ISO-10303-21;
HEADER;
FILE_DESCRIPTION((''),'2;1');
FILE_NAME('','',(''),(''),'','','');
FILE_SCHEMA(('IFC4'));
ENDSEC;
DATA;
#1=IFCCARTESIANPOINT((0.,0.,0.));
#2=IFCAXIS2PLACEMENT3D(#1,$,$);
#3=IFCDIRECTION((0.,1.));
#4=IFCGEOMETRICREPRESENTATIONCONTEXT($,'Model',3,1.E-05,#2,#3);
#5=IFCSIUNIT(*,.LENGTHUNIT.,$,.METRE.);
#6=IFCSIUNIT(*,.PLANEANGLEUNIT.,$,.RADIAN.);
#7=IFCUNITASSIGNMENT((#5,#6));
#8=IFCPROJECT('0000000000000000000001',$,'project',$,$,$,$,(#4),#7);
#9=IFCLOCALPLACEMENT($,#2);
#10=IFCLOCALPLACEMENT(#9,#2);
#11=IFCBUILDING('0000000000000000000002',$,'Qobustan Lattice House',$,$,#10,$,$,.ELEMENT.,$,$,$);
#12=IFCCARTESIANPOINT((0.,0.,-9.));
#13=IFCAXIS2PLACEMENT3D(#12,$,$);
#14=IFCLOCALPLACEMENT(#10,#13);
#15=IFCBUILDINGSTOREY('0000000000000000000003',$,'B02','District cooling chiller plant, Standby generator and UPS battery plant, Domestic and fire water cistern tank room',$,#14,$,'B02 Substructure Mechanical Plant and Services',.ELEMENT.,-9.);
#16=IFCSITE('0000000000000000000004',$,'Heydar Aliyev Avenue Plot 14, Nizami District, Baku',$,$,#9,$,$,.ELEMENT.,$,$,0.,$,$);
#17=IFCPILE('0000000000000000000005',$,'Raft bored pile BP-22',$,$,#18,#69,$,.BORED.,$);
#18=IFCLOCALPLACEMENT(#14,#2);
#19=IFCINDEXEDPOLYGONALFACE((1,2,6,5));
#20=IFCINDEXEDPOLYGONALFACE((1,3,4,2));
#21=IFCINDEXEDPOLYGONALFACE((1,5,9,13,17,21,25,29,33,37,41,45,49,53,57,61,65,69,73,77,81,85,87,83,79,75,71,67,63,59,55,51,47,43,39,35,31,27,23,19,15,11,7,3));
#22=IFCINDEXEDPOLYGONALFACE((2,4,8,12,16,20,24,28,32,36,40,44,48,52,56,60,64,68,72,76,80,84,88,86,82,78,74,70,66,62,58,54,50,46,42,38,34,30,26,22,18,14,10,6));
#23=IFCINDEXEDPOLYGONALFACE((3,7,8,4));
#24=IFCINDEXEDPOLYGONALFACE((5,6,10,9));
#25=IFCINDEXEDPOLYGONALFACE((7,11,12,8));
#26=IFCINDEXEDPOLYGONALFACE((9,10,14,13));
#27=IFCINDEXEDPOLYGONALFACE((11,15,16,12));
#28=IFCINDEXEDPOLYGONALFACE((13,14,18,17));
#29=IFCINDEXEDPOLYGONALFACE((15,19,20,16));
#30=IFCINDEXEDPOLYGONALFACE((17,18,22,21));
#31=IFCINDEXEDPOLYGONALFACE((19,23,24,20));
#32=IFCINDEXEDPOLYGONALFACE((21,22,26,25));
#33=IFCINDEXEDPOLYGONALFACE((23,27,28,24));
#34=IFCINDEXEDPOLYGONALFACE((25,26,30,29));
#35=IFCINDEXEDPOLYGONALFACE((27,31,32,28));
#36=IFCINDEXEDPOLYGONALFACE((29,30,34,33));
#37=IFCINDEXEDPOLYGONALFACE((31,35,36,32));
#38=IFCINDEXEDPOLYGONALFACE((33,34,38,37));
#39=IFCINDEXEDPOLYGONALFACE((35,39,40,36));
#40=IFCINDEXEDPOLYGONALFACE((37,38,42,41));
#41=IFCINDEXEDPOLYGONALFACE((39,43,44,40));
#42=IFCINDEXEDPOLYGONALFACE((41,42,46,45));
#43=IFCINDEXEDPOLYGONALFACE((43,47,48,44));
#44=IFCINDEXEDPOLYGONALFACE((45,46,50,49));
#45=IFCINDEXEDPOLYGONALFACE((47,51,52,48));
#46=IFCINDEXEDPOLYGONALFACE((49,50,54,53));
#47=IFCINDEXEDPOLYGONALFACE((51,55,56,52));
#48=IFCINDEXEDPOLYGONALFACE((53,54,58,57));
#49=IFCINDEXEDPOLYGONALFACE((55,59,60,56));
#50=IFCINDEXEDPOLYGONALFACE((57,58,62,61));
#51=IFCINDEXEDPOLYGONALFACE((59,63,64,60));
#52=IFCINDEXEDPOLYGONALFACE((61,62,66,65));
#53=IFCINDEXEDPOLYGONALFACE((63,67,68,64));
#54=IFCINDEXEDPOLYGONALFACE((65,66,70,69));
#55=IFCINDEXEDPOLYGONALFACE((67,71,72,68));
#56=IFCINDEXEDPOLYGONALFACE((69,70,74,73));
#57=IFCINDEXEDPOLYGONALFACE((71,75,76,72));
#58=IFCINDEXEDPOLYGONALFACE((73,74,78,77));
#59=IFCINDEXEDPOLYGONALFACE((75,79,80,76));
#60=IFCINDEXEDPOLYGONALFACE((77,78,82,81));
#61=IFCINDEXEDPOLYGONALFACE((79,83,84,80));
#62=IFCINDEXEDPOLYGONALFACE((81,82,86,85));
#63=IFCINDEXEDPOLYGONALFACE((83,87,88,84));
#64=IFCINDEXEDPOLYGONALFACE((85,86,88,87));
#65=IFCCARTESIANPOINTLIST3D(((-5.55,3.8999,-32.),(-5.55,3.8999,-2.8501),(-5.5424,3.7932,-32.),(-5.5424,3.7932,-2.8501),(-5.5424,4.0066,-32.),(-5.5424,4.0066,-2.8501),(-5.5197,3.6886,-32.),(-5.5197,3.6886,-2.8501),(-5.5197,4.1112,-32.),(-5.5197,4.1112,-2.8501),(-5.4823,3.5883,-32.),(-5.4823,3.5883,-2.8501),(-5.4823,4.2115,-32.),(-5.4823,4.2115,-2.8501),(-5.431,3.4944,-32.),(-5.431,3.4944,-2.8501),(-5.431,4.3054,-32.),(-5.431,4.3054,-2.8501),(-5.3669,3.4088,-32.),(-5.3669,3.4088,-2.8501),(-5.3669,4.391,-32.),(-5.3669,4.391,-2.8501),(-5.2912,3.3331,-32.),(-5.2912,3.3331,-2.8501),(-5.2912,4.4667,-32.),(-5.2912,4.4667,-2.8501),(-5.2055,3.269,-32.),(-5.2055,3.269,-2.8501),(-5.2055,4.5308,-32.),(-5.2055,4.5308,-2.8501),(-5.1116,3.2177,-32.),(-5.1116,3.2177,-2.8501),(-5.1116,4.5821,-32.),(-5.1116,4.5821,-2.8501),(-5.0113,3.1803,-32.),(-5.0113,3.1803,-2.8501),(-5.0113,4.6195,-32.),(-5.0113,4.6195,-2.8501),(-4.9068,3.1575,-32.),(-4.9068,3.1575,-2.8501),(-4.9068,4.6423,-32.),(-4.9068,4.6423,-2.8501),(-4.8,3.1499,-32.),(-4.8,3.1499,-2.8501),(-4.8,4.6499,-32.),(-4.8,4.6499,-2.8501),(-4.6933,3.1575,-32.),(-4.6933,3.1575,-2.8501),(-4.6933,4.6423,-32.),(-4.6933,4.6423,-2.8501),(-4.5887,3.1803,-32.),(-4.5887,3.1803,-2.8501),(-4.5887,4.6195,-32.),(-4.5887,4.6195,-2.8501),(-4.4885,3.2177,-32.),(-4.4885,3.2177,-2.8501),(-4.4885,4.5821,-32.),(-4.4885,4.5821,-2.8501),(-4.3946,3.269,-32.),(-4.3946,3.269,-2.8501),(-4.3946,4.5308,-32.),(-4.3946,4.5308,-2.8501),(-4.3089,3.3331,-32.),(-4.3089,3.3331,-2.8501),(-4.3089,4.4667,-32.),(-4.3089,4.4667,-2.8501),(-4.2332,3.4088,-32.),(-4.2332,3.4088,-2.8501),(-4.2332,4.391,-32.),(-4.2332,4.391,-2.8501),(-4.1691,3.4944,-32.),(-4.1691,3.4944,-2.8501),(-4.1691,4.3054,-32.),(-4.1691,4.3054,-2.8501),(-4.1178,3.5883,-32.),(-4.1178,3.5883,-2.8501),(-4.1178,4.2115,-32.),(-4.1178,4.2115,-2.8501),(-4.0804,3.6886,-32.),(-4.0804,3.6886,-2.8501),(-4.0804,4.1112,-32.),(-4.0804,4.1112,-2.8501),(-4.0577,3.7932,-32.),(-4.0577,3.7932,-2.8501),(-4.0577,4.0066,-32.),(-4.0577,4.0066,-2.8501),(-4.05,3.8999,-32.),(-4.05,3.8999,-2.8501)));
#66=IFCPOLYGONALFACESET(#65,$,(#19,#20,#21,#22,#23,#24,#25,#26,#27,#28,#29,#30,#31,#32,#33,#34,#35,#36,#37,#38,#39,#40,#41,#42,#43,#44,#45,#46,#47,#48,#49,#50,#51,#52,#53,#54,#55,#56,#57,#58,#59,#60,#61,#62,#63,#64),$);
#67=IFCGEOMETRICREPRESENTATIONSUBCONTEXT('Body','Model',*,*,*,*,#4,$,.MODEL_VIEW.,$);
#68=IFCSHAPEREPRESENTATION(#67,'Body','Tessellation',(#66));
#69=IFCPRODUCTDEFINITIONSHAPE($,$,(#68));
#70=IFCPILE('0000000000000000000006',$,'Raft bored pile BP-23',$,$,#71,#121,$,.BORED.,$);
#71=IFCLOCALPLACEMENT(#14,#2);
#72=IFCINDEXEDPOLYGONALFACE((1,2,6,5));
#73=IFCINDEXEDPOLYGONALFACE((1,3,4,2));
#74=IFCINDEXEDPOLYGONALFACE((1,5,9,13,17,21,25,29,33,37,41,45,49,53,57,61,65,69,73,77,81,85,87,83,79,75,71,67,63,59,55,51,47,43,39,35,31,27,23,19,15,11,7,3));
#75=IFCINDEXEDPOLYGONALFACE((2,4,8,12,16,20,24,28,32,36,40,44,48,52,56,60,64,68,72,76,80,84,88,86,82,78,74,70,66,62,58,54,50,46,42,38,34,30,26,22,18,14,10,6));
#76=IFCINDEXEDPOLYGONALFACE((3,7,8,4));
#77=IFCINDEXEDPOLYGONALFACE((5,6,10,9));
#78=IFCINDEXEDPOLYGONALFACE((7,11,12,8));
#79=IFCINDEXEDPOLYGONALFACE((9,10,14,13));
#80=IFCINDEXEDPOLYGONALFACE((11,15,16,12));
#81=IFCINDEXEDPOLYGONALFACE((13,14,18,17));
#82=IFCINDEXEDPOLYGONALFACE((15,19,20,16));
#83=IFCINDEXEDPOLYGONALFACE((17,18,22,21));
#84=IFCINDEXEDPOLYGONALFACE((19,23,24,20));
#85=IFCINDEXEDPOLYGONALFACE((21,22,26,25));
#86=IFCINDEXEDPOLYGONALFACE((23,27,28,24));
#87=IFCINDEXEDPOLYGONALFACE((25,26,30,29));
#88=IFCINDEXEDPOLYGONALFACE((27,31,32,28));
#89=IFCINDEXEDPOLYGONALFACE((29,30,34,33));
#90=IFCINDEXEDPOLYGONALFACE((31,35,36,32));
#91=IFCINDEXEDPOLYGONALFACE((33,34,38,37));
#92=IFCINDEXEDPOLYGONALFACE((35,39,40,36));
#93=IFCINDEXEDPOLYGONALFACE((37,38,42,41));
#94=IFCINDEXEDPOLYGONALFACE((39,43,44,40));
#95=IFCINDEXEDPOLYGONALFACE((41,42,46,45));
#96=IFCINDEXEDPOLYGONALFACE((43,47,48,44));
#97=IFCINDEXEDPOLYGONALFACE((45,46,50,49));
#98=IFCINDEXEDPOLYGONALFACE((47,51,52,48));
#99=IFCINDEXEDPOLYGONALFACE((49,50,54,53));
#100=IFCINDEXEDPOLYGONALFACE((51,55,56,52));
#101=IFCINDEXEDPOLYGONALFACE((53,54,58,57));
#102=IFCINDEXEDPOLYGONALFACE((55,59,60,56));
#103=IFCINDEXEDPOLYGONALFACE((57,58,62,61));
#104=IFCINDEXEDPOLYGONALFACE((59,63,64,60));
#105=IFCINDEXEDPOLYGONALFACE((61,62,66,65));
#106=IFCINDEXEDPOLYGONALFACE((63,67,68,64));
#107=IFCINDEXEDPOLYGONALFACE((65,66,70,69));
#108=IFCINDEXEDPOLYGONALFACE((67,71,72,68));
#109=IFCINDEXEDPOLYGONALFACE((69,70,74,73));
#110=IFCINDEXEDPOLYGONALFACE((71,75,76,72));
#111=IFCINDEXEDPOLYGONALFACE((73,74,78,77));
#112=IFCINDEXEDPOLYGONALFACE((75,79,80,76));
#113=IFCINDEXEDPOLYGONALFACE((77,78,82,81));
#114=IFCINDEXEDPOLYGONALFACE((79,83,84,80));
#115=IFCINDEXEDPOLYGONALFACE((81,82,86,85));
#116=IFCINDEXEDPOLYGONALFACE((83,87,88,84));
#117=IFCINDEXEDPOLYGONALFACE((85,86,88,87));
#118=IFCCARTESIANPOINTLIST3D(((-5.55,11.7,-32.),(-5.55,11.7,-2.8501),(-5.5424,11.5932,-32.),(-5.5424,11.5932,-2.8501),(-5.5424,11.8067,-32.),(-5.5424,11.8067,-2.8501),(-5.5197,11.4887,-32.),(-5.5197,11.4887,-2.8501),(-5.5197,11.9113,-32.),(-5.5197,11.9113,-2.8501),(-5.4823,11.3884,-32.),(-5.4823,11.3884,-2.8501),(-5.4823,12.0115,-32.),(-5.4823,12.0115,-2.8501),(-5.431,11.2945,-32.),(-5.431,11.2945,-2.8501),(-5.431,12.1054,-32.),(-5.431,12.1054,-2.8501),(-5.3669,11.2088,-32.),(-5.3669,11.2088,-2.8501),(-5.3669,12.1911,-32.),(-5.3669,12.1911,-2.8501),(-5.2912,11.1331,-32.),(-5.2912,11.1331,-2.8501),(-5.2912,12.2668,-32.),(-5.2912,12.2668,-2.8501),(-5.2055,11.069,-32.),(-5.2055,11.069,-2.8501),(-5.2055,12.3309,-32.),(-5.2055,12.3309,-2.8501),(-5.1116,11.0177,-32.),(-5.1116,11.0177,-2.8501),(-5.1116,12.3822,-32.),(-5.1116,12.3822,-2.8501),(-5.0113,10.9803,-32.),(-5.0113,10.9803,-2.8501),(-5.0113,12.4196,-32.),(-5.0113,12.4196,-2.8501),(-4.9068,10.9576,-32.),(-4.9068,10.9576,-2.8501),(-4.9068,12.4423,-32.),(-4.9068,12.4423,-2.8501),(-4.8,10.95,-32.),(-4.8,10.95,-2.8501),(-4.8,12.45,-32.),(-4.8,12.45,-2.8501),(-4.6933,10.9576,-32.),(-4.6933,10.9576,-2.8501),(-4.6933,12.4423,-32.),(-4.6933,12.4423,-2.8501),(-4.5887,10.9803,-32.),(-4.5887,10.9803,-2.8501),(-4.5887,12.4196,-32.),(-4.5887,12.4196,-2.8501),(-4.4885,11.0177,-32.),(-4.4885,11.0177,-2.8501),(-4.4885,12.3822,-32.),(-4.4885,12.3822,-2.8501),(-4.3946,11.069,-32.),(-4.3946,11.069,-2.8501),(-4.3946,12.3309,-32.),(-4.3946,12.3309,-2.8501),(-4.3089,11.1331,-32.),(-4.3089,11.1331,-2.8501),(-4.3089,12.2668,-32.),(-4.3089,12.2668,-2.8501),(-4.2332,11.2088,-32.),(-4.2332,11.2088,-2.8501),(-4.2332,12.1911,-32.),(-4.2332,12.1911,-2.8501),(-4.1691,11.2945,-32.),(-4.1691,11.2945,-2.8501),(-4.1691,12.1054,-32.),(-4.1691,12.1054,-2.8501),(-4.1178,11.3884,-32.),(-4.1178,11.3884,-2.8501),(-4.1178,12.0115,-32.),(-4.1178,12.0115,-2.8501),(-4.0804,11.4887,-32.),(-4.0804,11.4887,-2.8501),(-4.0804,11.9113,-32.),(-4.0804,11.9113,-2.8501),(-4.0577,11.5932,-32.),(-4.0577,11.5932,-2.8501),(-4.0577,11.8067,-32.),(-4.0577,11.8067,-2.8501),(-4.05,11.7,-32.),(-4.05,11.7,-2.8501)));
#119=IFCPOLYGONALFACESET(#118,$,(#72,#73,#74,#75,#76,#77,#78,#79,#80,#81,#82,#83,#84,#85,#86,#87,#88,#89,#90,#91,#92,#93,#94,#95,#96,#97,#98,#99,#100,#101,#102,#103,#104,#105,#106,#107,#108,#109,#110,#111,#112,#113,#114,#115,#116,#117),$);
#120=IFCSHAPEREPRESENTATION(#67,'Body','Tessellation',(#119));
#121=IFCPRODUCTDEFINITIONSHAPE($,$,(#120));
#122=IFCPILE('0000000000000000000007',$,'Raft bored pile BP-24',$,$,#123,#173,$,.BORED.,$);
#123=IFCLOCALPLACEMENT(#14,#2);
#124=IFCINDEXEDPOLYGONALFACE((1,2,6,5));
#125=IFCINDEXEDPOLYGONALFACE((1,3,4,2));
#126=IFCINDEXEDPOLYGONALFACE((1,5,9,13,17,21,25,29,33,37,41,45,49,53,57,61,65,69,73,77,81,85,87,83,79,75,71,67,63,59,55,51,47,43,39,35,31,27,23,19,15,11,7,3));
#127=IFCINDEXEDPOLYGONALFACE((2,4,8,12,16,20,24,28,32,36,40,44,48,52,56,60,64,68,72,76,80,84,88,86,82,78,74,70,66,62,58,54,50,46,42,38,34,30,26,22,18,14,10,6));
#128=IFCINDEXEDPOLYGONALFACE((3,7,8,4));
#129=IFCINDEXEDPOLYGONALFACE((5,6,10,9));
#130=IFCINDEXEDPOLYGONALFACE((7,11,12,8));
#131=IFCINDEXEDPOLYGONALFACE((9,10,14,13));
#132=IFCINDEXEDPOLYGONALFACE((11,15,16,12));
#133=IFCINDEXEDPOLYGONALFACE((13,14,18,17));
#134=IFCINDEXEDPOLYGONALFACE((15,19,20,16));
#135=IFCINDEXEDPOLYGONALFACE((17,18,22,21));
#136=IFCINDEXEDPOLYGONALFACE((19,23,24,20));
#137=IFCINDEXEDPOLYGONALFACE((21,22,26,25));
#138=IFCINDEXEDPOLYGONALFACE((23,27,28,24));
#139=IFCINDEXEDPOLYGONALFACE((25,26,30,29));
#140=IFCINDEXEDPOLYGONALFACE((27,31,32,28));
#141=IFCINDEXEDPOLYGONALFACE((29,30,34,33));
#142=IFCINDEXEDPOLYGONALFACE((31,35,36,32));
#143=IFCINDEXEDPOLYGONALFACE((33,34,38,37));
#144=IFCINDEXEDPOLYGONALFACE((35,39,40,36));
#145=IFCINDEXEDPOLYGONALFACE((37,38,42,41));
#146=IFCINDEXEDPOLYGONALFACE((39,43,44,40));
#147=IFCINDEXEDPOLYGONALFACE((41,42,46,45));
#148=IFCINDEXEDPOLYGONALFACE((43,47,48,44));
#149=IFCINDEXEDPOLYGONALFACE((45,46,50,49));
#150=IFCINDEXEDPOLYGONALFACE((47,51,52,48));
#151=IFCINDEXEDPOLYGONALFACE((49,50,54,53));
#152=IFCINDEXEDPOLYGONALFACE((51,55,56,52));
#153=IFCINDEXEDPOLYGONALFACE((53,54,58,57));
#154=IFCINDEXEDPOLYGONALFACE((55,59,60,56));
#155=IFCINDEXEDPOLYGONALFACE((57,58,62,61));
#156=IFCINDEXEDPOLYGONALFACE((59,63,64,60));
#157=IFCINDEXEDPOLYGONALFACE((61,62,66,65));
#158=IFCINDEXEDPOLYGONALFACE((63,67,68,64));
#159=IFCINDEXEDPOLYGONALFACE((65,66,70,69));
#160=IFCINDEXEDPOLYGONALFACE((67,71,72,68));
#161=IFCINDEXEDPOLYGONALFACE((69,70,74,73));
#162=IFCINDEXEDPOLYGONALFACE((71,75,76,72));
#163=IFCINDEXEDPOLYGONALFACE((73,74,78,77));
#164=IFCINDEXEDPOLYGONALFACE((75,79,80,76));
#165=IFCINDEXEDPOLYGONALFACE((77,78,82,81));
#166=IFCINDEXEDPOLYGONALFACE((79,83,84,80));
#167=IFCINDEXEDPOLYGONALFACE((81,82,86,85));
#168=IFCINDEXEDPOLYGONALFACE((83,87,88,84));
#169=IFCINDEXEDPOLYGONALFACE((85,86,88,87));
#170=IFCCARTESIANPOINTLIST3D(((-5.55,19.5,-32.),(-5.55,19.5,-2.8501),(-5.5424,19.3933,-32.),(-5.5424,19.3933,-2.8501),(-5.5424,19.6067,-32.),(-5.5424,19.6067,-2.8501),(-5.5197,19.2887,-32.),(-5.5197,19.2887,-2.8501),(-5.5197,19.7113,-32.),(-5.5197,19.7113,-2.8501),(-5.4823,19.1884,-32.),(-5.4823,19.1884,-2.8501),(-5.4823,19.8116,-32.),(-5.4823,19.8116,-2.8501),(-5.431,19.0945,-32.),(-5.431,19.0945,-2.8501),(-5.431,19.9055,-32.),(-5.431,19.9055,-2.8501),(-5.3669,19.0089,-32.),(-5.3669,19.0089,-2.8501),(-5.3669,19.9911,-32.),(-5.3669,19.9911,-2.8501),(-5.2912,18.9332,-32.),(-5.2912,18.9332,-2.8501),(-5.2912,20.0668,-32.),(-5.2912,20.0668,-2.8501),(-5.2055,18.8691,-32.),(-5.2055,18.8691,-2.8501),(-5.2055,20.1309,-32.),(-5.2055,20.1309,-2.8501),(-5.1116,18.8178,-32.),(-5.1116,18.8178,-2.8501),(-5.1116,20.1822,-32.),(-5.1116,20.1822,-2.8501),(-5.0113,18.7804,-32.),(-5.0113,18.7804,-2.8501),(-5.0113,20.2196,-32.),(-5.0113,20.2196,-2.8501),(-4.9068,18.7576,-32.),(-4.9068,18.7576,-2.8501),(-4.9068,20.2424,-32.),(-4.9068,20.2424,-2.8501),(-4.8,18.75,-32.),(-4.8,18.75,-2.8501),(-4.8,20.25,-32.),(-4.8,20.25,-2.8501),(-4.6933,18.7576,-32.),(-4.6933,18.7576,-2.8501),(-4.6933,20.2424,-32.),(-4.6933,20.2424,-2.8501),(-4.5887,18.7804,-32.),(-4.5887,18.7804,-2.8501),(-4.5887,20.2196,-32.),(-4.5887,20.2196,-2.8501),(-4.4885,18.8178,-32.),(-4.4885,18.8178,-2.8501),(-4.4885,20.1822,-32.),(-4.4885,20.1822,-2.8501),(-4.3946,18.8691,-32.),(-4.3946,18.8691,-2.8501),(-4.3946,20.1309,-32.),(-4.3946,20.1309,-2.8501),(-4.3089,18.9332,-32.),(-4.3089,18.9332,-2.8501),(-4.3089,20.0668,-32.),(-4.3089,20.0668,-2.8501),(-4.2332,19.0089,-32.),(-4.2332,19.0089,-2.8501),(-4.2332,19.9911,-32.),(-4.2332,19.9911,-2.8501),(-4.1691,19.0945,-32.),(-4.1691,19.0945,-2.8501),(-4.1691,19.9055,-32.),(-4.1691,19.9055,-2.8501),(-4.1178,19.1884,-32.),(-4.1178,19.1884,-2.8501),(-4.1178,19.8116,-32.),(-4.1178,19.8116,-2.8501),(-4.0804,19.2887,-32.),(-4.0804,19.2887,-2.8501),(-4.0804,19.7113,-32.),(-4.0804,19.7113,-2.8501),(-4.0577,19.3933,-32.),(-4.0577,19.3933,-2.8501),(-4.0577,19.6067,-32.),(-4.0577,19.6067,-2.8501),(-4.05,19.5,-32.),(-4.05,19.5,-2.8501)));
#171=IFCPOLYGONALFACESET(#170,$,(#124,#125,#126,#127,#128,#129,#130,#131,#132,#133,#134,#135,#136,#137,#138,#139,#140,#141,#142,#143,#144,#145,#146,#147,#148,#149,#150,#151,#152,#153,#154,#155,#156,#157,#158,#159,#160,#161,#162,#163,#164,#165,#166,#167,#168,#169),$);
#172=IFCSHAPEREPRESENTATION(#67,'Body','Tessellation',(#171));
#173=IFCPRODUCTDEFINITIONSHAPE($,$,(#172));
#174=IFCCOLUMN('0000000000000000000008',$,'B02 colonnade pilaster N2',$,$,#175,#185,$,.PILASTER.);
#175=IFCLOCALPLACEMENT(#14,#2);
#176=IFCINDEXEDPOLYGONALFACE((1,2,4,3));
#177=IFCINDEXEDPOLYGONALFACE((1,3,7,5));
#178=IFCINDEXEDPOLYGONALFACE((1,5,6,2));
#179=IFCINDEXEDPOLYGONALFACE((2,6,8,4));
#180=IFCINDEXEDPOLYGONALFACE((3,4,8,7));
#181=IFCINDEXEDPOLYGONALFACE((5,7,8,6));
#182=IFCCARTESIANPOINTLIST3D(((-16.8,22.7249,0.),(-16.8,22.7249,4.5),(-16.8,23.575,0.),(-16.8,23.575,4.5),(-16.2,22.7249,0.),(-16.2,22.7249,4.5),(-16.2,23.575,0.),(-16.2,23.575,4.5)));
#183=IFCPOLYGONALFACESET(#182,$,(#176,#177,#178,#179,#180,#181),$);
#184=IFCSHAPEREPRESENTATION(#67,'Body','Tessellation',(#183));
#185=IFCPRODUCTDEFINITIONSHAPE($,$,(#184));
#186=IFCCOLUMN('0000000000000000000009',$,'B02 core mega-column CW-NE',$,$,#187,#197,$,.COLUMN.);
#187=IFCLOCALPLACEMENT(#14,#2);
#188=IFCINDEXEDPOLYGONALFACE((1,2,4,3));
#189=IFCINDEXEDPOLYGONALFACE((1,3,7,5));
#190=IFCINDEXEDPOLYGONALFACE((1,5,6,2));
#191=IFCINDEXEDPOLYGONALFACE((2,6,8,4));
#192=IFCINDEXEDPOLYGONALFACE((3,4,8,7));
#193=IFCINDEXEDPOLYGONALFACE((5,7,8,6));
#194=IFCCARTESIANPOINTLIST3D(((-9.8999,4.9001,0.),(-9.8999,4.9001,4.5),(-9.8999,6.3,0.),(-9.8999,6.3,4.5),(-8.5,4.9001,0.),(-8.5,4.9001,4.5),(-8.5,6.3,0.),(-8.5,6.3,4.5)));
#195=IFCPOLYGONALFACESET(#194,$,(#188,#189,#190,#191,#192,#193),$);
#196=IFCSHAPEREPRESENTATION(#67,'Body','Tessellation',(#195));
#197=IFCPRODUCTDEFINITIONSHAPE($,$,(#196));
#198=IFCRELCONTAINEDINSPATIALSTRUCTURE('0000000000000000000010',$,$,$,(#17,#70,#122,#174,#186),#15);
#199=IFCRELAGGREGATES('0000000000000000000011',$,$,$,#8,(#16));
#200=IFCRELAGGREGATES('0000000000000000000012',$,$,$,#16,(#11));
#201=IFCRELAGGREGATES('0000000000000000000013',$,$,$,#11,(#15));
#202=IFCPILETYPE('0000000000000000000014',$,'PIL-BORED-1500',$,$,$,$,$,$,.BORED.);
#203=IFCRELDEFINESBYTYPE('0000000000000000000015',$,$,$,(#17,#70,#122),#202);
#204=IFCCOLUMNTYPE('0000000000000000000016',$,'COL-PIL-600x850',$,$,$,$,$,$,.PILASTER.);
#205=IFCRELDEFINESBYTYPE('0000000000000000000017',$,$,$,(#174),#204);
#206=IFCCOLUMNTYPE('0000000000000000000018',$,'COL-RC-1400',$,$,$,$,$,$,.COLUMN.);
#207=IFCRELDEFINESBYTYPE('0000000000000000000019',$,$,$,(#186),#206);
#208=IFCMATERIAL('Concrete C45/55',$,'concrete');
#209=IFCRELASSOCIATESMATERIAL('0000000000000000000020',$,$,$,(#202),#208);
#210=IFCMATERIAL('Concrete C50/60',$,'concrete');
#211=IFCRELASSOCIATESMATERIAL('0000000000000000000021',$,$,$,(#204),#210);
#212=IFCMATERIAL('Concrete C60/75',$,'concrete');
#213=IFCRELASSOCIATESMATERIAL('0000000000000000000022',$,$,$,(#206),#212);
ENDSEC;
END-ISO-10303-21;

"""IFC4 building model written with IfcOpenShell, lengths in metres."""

from ifc_helpers import new_model, si_unit, direction, frame, origin, origin_2d, place, context, subcontext, project, spatial, rectangle, circle, extrude, material, material_profile, profile_set, type_object, element, save


model = new_model("IFC4")

# Units and contexts
model_context = context("Model", 3, precision=1e-05, world=origin(), true_north=direction((0.0, 1.0)))
body_context = subcontext(model_context, "Body", "Model", "MODEL_VIEW")
ifc_project = project(units=[si_unit("LENGTHUNIT", "METRE"), si_unit("PLANEANGLEUNIT", "RADIAN")], contexts=[model_context])

# Site, building, storey
site_placement = place(None, origin())
site = spatial("IfcSite", under=ifc_project, at=site_placement, Name="Heydar Aliyev Avenue Plot 14, Nizami District, Baku", CompositionType="ELEMENT", RefElevation=0.0)
building_placement = place(site_placement, origin())
building = spatial("IfcBuilding", under=site, at=building_placement, Name="Qobustan Lattice House", CompositionType="ELEMENT")
storey_placement = place(building_placement, frame((0.0, 0.0, -9.0)))
storey = spatial("IfcBuildingStorey", under=building, at=storey_placement, Name="B02", Description="District cooling chiller plant, Standby generator and UPS battery plant, Domestic and fire water cistern tank room", LongName="B02 Substructure Mechanical Plant and Services", CompositionType="ELEMENT", Elevation=-9.0)

# Piles
ifc_material_1 = material(Name="Concrete C45/55", Category="concrete")
ifc_material_profile_1 = material_profile(ifc_material_1, circle(Radius=0.75, at=origin_2d()), Name="PILE-D1500")
ifc_profile_set_1 = profile_set([ifc_material_profile_1], Name="Concrete C45/55")
pile_type = type_object("IfcPileType", Name="PIL-BORED-1500", PredefinedType="BORED", material=ifc_profile_set_1)
for number, where, z_axis, x_axis, name in (
    (1, (-4.8, 3.8999, -2.8501), (0.0, 0.0, -1.0), (1.0, 0.0, 0.0), "Raft bored pile BP-22"),
    (2, (-4.8, 11.7, -2.8501), (0.0, 0.0, -1.0), (1.0, 0.0, 0.0), "Raft bored pile BP-23"),
    (3, (-4.8, 19.5, -2.8501), (0.0, 0.0, -1.0), (1.0, 0.0, 0.0), "Raft bored pile BP-24"),
):
    element("IfcPile", number, at=place(storey_placement, frame(where, z_axis=z_axis, x_axis=x_axis)), inside=storey, type_object=pile_type, Name=name, PredefinedType="BORED", context=body_context, shape_type="SweptSolid", body=[
        extrude(circle(Radius=0.75, at=origin_2d()), origin(), (0.0, 0.0, 1.0), 29.1499),
    ])

# Columns
ifc_material_2 = material(Name="Concrete C50/60", Category="concrete")
ifc_material_profile_2 = material_profile(ifc_material_2, rectangle(XDim=0.6001, YDim=0.8501, at=origin_2d()), Name="RC600x850")
ifc_profile_set_2 = profile_set([ifc_material_profile_2], Name="Concrete C50/60")
column_type_1 = type_object("IfcColumnType", Name="COL-PIL-600x850", PredefinedType="PILASTER", material=ifc_profile_set_2)
column_1_placement = place(storey_placement, frame((-16.5, 23.1499, 0.0), z_axis=(0.0, 0.0, 1.0), x_axis=(1.0, 0.0, 0.0)))
element("IfcColumn", 4, at=column_1_placement, inside=storey, type_object=column_type_1, Name="B02 colonnade pilaster N2", PredefinedType="PILASTER", context=body_context, shape_type="SweptSolid", body=[
    extrude(rectangle(XDim=0.6001, YDim=0.8501, at=origin_2d()), origin(), (0.0, 0.0, 1.0), 4.5),
])
ifc_material_3 = material(Name="Concrete C60/75", Category="concrete")
ifc_material_profile_3 = material_profile(ifc_material_3, rectangle(XDim=1.3999, YDim=1.3999, at=origin_2d()), Name="RC1400x1400")
ifc_profile_set_3 = profile_set([ifc_material_profile_3], Name="Concrete C60/75")
column_type_2 = type_object("IfcColumnType", Name="COL-RC-1400", PredefinedType="COLUMN", material=ifc_profile_set_3)
column_2_placement = place(storey_placement, frame((-9.2, 5.6001, 0.0), z_axis=(0.0, 0.0, 1.0), x_axis=(1.0, 0.0, 0.0)))
element("IfcColumn", 5, at=column_2_placement, inside=storey, type_object=column_type_2, Name="B02 core mega-column CW-NE", PredefinedType="COLUMN", context=body_context, shape_type="SweptSolid", body=[
    extrude(rectangle(XDim=1.3999, YDim=1.3999, at=origin_2d()), origin(), (0.0, 0.0, 1.0), 4.5),
])

save(model, "model.ifc")
